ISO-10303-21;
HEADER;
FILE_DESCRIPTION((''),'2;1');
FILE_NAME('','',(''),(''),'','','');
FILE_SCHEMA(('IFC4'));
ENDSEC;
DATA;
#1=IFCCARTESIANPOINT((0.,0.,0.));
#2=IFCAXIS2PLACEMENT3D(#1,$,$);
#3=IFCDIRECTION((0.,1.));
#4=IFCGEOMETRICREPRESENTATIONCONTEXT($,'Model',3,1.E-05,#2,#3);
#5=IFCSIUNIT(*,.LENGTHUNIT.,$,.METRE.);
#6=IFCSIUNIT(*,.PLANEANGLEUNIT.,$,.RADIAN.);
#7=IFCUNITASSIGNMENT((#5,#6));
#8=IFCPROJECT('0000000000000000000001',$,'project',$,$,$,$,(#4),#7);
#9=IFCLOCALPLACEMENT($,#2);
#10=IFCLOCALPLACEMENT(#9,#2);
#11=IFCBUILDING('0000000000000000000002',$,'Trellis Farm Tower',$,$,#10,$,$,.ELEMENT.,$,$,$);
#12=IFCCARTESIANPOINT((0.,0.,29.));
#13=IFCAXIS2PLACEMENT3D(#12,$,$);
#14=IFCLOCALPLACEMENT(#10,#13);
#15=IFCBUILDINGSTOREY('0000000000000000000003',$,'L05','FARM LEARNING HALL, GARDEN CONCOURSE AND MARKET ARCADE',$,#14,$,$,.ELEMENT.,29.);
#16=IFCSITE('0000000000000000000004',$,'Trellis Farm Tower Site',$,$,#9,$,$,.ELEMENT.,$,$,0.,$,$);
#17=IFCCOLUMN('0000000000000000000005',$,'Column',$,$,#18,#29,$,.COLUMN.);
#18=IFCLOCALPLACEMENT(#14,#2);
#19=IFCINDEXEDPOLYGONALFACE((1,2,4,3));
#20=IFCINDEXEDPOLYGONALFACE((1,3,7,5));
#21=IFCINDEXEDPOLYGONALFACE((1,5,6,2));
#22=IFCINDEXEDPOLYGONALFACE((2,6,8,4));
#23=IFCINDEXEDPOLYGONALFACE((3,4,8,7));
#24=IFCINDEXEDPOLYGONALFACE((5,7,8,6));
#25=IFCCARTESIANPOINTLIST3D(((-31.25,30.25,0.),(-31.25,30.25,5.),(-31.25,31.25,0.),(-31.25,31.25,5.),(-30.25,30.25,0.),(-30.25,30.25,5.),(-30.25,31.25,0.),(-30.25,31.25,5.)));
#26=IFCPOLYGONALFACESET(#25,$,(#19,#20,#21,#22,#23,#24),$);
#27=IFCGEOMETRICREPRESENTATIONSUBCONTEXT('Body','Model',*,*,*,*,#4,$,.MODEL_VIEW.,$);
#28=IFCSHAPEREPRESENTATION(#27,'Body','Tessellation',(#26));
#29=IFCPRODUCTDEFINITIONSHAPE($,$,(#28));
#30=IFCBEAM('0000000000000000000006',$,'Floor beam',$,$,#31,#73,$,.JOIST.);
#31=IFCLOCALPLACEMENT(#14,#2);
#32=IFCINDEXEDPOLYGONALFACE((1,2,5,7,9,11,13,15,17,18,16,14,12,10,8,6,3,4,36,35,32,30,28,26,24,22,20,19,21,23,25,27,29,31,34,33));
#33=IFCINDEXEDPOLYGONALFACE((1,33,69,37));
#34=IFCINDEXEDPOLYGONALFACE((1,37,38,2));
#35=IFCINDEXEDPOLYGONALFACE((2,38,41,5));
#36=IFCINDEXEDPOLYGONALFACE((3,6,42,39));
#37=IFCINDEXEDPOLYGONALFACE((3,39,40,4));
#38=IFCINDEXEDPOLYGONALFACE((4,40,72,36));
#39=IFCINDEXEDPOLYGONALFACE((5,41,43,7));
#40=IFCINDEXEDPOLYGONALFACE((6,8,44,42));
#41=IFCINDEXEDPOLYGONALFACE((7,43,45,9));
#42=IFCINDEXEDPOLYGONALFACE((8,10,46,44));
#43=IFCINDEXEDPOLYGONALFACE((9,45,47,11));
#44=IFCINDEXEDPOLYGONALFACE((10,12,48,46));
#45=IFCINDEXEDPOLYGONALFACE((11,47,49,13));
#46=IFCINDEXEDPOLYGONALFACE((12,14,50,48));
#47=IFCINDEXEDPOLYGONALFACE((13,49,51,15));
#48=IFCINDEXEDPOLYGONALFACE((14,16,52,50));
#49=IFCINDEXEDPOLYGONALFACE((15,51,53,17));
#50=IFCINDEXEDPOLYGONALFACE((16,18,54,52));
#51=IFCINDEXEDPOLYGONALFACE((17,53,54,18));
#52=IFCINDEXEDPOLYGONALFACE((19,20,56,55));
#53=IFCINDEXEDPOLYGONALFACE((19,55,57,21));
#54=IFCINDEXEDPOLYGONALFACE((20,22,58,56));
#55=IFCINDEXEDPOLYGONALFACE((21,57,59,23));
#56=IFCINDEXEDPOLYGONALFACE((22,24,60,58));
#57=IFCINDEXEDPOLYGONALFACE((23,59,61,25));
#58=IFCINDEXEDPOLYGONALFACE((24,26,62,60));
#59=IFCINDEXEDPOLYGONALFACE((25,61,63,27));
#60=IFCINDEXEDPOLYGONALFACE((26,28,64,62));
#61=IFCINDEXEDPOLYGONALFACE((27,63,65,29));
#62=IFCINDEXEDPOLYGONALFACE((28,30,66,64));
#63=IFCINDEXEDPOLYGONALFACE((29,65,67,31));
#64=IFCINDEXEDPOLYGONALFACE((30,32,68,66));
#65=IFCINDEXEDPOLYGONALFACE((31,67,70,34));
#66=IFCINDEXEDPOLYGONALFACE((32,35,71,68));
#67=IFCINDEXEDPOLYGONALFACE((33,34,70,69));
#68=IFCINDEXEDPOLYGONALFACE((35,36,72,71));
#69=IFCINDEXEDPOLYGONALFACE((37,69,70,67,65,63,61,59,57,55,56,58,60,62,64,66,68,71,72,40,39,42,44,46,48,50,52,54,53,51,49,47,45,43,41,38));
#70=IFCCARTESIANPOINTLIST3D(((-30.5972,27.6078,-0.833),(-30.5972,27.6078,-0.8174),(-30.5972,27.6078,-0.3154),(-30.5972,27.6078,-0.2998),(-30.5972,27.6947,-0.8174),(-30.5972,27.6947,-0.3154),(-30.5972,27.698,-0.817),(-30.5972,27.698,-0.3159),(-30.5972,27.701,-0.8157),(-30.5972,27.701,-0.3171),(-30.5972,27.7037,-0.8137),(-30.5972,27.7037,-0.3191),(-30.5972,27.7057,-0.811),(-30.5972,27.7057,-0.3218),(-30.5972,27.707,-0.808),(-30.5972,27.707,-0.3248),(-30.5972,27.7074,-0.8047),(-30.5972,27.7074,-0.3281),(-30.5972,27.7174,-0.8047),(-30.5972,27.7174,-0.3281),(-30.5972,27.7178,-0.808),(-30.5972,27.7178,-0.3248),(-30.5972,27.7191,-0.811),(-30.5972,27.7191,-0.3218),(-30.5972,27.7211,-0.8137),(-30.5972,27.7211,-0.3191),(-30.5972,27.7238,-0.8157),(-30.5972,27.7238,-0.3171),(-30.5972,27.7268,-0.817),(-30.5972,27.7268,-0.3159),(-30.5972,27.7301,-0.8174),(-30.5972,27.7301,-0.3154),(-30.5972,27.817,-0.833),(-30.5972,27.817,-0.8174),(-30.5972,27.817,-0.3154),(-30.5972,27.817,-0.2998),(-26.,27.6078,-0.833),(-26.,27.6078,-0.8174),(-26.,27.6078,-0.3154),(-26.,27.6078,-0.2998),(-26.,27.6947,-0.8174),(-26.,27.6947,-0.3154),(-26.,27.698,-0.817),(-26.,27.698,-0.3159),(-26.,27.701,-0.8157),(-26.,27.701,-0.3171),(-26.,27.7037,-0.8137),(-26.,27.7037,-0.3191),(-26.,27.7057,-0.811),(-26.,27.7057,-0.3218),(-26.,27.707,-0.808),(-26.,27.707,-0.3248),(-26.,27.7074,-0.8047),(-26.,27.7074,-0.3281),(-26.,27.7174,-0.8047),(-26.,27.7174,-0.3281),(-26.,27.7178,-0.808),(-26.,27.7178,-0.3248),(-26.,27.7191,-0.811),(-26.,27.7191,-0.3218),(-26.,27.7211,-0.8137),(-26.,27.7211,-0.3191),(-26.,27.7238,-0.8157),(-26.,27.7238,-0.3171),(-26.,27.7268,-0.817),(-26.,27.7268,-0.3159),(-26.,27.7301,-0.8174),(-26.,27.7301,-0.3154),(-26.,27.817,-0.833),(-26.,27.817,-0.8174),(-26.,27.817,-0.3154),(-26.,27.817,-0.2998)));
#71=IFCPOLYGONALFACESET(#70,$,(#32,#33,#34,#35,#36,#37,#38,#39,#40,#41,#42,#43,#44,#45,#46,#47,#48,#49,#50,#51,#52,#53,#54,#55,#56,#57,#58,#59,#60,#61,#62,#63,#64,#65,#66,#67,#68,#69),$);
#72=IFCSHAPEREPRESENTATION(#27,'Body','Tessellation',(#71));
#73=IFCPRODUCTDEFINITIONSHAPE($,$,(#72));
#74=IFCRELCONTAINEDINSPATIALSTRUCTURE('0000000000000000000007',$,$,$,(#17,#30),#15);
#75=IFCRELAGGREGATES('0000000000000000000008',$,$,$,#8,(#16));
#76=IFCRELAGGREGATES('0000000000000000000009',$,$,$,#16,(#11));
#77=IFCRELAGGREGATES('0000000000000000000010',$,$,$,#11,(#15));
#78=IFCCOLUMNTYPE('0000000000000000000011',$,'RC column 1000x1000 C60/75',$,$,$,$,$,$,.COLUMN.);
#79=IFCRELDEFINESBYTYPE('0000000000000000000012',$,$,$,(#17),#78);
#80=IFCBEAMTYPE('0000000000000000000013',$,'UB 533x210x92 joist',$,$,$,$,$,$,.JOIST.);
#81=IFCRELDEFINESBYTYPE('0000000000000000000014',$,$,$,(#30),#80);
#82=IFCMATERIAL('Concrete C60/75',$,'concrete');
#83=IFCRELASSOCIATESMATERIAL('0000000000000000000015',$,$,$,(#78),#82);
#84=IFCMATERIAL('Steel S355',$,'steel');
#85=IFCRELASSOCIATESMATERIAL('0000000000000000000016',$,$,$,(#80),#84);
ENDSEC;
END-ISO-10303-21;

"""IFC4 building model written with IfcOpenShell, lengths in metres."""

from ifc_helpers import new_model, si_unit, direction, frame, origin, origin_2d, place, context, subcontext, project, spatial, rectangle, i_section, extrude, source, transform, mapped, material, material_profile, profile_set, type_object, element, save


model = new_model("IFC4")

# Units and contexts
model_context = context("Model", 3, precision=1e-05, world=origin(), true_north=direction((0.0, 1.0)))
body_context = subcontext(model_context, "Body", "Model", "MODEL_VIEW")
ifc_project = project(units=[si_unit("LENGTHUNIT", "METRE"), si_unit("PLANEANGLEUNIT", "RADIAN")], contexts=[model_context])

# Site, building, storey
site_placement = place(None, origin())
site = spatial("IfcSite", under=ifc_project, at=site_placement, Name="Trellis Farm Tower Site", CompositionType="ELEMENT", RefElevation=0.0)
building_placement = place(site_placement, origin())
building = spatial("IfcBuilding", under=site, at=building_placement, Name="Trellis Farm Tower", CompositionType="ELEMENT")
storey_placement = place(building_placement, frame((0.0, 0.0, 29.0)))
storey = spatial("IfcBuildingStorey", under=building, at=storey_placement, Name="L05", Description="FARM LEARNING HALL, GARDEN CONCOURSE AND MARKET ARCADE", CompositionType="ELEMENT", Elevation=29.0)

# Column
ifc_material_1 = material(Name="Concrete C60/75", Category="concrete")
ifc_material_profile_1 = material_profile(ifc_material_1, rectangle(XDim=1.0, YDim=1.0, at=origin_2d()), Name="RC column 1000x1000 C60/75")
ifc_profile_set_1 = profile_set([ifc_material_profile_1], Name="Concrete C60/75")
column_type = type_object("IfcColumnType", Name="RC column 1000x1000 C60/75", PredefinedType="COLUMN", material=ifc_profile_set_1)
shared_shape_1 = source(origin(), body_context, "Body", "SweptSolid", [
    extrude(rectangle(XDim=1.0, YDim=1.0, at=origin_2d()), origin(), (0.0, 0.0, 1.0), 5.0),
])
column_placement = place(storey_placement, frame((-30.75, 30.75, 0.0), z_axis=(0.0, 0.0, 1.0), x_axis=(1.0, 0.0, 0.0)))
element("IfcColumn", 1, at=column_placement, inside=storey, type_object=column_type, Name="Column", PredefinedType="COLUMN", context=body_context, shape_type="MappedRepresentation", body=[
    mapped(shared_shape_1, transform((0.0, 0.0, 0.0))),
])

# Beam
ifc_material_2 = material(Name="Steel S355", Category="steel")
ifc_material_profile_2 = material_profile(ifc_material_2, i_section(OverallWidth=0.2092, OverallDepth=0.5332, WebThickness=0.01, FlangeThickness=0.0156, FilletRadius=0.0127, at=origin_2d()), Name="UB 533x210x92")
ifc_profile_set_2 = profile_set([ifc_material_profile_2], Name="Steel S355")
beam_type = type_object("IfcBeamType", Name="UB 533x210x92 joist", PredefinedType="JOIST", material=ifc_profile_set_2)
shared_shape_2 = source(origin(), body_context, "Body", "SweptSolid", [
    extrude(i_section(OverallWidth=0.2092, OverallDepth=0.5332, WebThickness=0.01, FlangeThickness=0.0156, FilletRadius=0.0127, at=origin_2d()), origin(), (0.0, 0.0, 1.0), 4.5972),
])
beam_placement = place(storey_placement, frame((-30.5972, 27.7124, -0.5664), z_axis=(1.0, 0.0, 0.0), x_axis=(0.0, 1.0, 0.0)))
element("IfcBeam", 2, at=beam_placement, inside=storey, type_object=beam_type, Name="Floor beam", PredefinedType="JOIST", context=body_context, shape_type="MappedRepresentation", body=[
    mapped(shared_shape_2, transform((0.0, 0.0, 0.0))),
])

save(model, "model.ifc")
